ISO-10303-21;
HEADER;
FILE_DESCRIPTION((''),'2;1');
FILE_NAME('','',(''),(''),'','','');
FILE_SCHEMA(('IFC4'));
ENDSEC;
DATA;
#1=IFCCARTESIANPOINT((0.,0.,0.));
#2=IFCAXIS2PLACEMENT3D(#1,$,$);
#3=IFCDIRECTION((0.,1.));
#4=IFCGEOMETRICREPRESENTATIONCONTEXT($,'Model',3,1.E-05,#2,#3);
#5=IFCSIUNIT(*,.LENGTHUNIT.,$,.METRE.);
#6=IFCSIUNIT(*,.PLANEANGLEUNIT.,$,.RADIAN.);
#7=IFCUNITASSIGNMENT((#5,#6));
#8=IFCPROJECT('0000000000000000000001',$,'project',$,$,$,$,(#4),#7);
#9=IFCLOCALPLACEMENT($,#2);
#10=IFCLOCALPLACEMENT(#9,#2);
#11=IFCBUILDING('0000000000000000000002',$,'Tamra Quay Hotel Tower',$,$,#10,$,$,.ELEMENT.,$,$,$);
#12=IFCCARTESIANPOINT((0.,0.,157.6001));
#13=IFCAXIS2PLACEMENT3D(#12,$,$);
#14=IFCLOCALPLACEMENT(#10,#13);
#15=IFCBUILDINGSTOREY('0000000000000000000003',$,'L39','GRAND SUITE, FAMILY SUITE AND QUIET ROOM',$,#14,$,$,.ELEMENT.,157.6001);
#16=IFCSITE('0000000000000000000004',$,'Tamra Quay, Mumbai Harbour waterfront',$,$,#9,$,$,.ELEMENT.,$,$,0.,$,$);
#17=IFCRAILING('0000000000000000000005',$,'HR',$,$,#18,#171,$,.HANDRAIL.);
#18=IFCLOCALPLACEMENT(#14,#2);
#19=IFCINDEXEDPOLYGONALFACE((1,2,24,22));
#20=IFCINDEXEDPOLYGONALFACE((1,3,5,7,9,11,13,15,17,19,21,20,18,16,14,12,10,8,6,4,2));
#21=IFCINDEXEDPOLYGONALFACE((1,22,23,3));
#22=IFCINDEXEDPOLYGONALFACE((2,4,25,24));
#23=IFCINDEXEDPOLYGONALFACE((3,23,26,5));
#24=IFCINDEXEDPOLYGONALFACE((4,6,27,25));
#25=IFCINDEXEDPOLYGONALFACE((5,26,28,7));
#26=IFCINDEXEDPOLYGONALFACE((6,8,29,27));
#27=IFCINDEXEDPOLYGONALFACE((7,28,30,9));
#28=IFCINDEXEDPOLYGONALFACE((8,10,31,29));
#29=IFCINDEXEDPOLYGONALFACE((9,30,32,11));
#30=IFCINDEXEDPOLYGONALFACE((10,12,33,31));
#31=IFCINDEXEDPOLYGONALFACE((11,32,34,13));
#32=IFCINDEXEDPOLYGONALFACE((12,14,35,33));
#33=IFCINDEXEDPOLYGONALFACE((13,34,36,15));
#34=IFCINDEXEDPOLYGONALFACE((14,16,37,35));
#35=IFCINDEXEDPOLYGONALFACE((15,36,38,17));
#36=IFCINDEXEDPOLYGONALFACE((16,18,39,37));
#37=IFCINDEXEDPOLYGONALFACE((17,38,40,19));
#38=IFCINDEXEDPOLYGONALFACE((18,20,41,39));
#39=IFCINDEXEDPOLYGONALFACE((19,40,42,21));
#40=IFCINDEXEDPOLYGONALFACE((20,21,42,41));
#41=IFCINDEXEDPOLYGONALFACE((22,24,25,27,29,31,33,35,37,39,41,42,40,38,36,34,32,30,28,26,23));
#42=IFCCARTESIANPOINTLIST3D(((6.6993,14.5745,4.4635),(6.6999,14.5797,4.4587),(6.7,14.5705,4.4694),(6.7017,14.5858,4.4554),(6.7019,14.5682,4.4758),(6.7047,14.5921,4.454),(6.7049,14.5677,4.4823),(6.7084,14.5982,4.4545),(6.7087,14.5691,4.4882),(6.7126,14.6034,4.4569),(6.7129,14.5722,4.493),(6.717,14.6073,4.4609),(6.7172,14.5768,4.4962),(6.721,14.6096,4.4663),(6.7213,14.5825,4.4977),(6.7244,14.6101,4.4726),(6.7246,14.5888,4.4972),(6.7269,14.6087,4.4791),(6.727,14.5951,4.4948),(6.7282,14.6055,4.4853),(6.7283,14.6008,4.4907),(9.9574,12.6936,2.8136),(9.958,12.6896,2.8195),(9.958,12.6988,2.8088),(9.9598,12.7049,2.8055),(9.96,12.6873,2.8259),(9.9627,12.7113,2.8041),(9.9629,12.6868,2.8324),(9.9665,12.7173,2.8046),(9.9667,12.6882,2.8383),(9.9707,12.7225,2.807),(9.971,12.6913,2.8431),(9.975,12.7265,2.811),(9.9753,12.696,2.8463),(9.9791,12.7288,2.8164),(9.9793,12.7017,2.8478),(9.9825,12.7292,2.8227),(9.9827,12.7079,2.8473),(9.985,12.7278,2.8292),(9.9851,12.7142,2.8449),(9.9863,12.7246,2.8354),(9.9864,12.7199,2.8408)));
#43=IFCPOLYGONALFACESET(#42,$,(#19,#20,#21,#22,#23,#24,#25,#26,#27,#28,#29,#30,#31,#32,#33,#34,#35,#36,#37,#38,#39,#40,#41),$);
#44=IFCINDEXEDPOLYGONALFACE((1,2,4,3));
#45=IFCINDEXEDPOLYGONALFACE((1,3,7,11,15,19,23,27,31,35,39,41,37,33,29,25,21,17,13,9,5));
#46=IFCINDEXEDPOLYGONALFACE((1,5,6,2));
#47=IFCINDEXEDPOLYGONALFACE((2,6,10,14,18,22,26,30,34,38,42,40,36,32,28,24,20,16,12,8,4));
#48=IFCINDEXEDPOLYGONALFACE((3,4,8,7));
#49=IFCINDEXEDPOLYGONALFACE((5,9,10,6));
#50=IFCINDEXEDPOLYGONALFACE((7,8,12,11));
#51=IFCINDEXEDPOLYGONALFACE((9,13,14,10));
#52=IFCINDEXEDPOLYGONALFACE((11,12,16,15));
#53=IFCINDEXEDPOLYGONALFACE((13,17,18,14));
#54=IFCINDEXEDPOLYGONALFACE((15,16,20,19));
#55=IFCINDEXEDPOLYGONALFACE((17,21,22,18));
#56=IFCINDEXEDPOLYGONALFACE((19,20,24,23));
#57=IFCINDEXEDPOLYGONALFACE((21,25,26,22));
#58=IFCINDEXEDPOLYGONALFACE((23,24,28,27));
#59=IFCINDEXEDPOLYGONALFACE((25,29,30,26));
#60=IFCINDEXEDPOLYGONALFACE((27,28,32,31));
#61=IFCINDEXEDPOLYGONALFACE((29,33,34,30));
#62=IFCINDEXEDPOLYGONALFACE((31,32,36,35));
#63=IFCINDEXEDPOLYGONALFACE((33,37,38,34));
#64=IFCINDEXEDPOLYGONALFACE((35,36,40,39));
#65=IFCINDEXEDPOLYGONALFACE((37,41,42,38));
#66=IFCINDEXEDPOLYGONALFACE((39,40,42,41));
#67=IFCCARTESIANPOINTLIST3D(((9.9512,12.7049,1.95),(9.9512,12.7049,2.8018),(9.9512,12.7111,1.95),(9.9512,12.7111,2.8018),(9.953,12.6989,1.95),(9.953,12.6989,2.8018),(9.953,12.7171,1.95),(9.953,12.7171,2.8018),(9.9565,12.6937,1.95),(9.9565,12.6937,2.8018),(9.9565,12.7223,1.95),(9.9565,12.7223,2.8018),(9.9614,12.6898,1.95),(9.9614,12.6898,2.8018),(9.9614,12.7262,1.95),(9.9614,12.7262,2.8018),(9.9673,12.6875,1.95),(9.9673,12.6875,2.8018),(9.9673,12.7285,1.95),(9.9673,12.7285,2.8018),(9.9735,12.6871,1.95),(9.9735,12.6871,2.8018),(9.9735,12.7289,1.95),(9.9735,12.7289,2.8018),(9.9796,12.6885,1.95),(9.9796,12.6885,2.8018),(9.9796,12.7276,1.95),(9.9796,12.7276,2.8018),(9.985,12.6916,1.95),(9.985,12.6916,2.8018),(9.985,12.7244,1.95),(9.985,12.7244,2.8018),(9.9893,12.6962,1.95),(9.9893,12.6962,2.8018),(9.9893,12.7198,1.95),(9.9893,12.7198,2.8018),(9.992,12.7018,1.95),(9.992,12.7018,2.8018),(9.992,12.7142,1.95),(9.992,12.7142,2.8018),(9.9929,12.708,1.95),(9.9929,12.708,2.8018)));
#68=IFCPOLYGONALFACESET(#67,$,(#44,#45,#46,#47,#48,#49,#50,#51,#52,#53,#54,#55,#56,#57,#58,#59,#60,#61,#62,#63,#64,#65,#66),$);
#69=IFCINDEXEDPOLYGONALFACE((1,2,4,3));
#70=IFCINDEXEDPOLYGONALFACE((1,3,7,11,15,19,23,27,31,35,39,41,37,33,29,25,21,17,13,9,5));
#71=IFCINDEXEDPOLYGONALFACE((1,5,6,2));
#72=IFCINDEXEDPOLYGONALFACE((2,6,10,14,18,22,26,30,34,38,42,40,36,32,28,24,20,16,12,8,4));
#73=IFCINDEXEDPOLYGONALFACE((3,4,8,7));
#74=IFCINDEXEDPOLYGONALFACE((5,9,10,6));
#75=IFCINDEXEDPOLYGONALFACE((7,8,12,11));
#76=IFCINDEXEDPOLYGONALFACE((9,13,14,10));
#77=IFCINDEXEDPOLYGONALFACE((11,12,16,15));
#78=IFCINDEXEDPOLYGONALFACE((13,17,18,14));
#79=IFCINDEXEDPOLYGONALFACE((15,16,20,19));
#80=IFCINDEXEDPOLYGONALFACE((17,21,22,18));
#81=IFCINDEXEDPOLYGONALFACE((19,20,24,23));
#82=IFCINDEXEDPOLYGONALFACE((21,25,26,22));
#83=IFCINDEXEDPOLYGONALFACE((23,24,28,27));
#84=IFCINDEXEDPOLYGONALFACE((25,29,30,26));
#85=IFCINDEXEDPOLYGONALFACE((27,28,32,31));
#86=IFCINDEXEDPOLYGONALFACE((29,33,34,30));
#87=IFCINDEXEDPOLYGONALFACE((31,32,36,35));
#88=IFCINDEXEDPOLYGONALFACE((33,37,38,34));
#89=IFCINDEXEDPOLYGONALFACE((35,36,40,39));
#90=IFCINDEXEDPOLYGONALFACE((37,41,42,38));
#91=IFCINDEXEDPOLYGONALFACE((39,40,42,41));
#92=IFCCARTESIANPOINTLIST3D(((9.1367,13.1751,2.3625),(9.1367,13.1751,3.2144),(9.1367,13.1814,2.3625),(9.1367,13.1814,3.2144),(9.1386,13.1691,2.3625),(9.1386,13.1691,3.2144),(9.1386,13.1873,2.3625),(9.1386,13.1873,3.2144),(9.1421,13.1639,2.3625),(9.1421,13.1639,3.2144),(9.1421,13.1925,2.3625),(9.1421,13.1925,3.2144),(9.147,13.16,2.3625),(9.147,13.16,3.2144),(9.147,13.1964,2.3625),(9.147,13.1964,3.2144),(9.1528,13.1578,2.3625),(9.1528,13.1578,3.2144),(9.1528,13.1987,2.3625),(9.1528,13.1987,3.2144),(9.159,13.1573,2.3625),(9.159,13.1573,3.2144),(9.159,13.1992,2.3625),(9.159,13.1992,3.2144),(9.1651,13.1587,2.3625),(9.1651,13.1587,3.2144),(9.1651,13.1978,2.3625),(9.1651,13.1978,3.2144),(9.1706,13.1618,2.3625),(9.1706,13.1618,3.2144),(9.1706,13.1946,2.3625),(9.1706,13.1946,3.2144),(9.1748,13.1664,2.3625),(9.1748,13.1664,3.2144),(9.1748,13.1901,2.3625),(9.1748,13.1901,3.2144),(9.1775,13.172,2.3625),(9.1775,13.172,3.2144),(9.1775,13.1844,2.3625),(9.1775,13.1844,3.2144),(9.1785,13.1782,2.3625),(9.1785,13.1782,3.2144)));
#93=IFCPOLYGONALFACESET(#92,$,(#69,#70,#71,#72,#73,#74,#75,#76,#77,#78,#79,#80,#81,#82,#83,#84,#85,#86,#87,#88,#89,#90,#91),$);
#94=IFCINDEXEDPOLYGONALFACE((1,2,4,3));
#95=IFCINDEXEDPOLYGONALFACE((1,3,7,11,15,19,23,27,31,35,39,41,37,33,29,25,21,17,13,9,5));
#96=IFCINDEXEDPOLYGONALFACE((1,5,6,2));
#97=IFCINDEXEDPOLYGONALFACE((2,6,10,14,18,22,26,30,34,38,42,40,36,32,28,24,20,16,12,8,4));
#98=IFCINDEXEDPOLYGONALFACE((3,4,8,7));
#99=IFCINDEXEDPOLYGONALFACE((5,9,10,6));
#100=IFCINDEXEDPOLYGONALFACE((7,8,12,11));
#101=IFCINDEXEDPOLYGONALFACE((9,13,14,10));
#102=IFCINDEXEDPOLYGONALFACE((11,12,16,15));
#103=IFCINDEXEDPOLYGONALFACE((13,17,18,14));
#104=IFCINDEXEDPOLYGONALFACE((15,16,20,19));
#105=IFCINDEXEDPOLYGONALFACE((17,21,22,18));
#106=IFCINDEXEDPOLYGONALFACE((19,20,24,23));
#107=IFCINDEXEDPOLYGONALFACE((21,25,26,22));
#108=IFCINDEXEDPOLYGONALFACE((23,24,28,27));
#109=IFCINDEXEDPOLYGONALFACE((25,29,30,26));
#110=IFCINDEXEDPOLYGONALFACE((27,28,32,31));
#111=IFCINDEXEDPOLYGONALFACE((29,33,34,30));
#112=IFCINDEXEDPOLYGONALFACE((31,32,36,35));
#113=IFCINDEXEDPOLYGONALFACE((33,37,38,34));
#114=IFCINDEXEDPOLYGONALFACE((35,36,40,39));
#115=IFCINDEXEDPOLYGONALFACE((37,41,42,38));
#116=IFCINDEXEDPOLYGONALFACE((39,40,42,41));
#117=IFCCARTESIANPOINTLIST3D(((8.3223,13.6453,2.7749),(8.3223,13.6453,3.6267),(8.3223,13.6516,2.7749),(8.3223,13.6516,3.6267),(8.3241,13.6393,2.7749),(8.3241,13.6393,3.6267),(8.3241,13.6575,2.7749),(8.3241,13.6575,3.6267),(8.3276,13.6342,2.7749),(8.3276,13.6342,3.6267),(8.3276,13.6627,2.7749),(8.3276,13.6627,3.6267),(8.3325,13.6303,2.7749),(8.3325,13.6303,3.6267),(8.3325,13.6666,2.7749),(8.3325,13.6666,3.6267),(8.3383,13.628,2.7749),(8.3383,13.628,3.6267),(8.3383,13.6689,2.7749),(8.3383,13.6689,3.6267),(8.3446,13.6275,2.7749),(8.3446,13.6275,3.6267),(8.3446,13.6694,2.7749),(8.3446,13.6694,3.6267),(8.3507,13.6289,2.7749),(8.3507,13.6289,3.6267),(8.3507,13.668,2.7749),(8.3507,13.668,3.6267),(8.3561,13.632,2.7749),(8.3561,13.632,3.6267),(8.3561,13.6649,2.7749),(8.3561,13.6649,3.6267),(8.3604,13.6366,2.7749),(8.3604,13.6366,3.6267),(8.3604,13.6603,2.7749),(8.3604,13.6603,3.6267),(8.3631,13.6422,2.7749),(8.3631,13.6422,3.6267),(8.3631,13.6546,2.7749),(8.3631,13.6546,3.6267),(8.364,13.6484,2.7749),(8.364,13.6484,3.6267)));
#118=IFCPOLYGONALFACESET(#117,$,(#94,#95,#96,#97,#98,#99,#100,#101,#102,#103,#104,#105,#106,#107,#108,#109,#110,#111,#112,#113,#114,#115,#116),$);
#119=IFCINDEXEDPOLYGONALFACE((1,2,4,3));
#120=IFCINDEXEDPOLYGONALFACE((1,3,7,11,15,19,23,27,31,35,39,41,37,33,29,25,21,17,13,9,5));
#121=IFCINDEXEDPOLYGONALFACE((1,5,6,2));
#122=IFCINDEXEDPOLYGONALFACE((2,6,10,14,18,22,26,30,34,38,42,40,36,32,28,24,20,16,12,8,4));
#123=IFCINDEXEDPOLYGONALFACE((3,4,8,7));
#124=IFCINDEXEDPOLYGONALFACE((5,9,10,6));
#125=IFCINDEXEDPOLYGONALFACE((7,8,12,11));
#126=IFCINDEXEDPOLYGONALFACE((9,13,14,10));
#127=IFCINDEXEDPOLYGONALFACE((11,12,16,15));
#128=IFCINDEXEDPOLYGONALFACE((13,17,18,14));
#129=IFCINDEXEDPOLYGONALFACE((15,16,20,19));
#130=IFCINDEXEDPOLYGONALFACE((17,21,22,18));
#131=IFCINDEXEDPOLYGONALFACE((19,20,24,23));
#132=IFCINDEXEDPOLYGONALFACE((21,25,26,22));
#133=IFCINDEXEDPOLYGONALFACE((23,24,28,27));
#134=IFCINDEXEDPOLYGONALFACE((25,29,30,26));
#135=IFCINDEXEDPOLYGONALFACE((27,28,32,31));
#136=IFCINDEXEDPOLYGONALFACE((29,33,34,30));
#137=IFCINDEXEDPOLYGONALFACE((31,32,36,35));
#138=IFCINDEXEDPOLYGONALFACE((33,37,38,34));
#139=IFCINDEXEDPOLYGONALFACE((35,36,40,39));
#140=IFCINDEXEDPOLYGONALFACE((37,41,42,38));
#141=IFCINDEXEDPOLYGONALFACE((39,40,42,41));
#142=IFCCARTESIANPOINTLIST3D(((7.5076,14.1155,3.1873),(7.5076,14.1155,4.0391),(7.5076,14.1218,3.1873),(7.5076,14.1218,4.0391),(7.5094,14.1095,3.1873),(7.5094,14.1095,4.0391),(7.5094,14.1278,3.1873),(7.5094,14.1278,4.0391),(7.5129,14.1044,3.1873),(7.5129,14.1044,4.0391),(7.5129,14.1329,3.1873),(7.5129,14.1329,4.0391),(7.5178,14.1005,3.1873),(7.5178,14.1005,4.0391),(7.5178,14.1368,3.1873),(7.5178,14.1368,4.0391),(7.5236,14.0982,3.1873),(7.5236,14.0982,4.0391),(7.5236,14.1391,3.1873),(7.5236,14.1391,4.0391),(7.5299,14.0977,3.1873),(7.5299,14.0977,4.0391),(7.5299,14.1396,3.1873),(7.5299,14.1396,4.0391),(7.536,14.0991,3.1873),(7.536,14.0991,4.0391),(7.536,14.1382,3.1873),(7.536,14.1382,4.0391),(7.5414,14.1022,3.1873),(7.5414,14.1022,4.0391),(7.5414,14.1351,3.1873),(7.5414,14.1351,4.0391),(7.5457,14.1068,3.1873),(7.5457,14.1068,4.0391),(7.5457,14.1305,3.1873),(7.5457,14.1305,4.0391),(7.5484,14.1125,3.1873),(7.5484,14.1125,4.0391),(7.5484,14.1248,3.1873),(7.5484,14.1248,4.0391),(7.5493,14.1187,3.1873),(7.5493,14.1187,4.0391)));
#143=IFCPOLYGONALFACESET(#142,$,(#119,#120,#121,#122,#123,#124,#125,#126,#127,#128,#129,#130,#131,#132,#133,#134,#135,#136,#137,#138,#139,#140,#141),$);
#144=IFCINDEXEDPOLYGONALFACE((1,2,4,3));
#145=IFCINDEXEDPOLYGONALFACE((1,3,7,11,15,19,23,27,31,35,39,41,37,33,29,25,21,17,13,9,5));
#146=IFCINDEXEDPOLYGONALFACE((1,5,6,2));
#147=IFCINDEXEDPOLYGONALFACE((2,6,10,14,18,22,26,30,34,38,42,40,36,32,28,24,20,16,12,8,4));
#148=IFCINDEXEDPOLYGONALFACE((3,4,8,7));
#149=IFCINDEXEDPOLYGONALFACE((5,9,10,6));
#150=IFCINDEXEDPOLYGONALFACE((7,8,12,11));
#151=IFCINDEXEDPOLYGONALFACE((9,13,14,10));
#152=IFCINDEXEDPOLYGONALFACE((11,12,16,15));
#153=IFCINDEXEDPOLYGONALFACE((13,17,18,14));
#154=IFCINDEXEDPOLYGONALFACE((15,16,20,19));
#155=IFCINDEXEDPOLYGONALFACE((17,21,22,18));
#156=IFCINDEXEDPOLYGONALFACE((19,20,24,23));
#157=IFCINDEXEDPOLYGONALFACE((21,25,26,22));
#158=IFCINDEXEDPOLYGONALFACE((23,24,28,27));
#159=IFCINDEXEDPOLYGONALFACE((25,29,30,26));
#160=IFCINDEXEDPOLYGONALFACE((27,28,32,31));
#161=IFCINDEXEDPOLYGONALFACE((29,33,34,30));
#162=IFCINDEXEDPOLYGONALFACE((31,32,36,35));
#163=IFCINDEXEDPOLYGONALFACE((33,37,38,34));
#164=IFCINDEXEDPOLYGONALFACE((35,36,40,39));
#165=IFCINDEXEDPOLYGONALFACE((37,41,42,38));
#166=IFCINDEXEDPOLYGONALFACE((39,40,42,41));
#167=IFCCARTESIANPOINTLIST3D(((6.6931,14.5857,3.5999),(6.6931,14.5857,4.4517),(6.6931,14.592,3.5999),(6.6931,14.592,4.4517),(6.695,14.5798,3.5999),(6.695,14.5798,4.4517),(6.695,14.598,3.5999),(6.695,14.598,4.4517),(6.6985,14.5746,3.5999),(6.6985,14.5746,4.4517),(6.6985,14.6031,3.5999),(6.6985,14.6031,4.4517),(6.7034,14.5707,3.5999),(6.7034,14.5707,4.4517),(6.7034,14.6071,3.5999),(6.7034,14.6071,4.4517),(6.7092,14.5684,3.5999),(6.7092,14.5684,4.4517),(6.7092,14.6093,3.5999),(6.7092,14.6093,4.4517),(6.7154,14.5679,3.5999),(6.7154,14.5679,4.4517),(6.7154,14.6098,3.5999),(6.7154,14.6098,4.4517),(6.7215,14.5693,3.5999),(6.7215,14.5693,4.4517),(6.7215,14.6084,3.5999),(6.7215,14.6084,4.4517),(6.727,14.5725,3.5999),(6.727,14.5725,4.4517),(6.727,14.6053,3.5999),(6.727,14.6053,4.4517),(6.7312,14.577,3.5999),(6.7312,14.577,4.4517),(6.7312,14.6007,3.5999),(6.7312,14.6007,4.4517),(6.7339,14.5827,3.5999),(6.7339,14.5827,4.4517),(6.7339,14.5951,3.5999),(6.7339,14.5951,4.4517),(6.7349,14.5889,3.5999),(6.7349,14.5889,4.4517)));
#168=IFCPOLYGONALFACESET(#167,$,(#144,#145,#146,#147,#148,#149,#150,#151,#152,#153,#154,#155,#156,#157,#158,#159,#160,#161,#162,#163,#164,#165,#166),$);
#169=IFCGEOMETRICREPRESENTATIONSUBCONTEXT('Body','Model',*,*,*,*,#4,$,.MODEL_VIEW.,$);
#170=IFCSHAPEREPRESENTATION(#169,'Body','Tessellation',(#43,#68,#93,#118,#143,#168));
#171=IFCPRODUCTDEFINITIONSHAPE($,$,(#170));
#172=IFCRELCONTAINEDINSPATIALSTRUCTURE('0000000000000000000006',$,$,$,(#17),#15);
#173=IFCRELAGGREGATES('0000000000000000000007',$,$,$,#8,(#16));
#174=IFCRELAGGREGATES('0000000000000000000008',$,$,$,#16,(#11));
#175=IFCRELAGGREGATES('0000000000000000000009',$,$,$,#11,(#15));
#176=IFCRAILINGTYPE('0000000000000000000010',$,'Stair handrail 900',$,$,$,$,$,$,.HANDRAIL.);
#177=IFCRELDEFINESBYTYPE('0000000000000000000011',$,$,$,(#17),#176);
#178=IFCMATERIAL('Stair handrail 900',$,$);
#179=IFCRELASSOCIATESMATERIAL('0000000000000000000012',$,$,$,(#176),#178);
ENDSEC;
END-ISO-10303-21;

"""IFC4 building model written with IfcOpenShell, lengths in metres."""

from ifc_helpers import new_model, si_unit, direction, frame, origin, origin_2d, place, context, subcontext, project, spatial, circle, extrude, material, type_object, element, save


model = new_model("IFC4")

# Units and contexts
model_context = context("Model", 3, precision=1e-05, world=origin(), true_north=direction((0.0, 1.0)))
body_context = subcontext(model_context, "Body", "Model", "MODEL_VIEW")
ifc_project = project(units=[si_unit("LENGTHUNIT", "METRE"), si_unit("PLANEANGLEUNIT", "RADIAN")], contexts=[model_context])

# Site, building, storey
site_placement = place(None, origin())
site = spatial("IfcSite", under=ifc_project, at=site_placement, Name="Tamra Quay, Mumbai Harbour waterfront", CompositionType="ELEMENT", RefElevation=0.0)
building_placement = place(site_placement, origin())
building = spatial("IfcBuilding", under=site, at=building_placement, Name="Tamra Quay Hotel Tower", CompositionType="ELEMENT")
storey_placement = place(building_placement, frame((0.0, 0.0, 157.6001)))
storey = spatial("IfcBuildingStorey", under=building, at=storey_placement, Name="L39", Description="GRAND SUITE, FAMILY SUITE AND QUIET ROOM", CompositionType="ELEMENT", Elevation=157.6001)

# Railing
ifc_material_1 = material(Name="Stair handrail 900")
railing_type_1 = type_object("IfcRailingType", Name="Stair handrail 900", PredefinedType="HANDRAIL", material=ifc_material_1)
railing_1_placement = place(storey_placement, frame((9.9719, 12.708, 1.95)))
element("IfcRailing", 1, at=railing_1_placement, inside=storey, type_object=railing_type_1, Name="HR", PredefinedType="HANDRAIL", context=body_context, shape_type="SweptSolid", body=[
    extrude(circle(Radius=0.0239, at=origin_2d()), frame((0.0, 0.0, 0.876), z_axis=(-0.793122, 0.457865, 0.401642), x_axis=(-0.499964, -0.866046, 0.0)), (0.0, 0.0, 1.0), 4.1079),
    extrude(circle(Radius=0.021, at=origin_2d()), origin(), (0.0, 0.0, 1.0), 0.8518),
    extrude(circle(Radius=0.021, at=origin_2d()), frame((-0.8145, 0.4702, 0.4126)), (0.0, 0.0, 1.0), 0.8518),
    extrude(circle(Radius=0.021, at=origin_2d()), frame((-1.6289, 0.9404, 0.825)), (0.0, 0.0, 1.0), 0.8518),
    extrude(circle(Radius=0.021, at=origin_2d()), frame((-2.4436, 1.4106, 1.2373)), (0.0, 0.0, 1.0), 0.8518),
    extrude(circle(Radius=0.021, at=origin_2d()), frame((-3.2581, 1.8809, 1.6499)), (0.0, 0.0, 1.0), 0.8518),
])

save(model, "model.ifc")
